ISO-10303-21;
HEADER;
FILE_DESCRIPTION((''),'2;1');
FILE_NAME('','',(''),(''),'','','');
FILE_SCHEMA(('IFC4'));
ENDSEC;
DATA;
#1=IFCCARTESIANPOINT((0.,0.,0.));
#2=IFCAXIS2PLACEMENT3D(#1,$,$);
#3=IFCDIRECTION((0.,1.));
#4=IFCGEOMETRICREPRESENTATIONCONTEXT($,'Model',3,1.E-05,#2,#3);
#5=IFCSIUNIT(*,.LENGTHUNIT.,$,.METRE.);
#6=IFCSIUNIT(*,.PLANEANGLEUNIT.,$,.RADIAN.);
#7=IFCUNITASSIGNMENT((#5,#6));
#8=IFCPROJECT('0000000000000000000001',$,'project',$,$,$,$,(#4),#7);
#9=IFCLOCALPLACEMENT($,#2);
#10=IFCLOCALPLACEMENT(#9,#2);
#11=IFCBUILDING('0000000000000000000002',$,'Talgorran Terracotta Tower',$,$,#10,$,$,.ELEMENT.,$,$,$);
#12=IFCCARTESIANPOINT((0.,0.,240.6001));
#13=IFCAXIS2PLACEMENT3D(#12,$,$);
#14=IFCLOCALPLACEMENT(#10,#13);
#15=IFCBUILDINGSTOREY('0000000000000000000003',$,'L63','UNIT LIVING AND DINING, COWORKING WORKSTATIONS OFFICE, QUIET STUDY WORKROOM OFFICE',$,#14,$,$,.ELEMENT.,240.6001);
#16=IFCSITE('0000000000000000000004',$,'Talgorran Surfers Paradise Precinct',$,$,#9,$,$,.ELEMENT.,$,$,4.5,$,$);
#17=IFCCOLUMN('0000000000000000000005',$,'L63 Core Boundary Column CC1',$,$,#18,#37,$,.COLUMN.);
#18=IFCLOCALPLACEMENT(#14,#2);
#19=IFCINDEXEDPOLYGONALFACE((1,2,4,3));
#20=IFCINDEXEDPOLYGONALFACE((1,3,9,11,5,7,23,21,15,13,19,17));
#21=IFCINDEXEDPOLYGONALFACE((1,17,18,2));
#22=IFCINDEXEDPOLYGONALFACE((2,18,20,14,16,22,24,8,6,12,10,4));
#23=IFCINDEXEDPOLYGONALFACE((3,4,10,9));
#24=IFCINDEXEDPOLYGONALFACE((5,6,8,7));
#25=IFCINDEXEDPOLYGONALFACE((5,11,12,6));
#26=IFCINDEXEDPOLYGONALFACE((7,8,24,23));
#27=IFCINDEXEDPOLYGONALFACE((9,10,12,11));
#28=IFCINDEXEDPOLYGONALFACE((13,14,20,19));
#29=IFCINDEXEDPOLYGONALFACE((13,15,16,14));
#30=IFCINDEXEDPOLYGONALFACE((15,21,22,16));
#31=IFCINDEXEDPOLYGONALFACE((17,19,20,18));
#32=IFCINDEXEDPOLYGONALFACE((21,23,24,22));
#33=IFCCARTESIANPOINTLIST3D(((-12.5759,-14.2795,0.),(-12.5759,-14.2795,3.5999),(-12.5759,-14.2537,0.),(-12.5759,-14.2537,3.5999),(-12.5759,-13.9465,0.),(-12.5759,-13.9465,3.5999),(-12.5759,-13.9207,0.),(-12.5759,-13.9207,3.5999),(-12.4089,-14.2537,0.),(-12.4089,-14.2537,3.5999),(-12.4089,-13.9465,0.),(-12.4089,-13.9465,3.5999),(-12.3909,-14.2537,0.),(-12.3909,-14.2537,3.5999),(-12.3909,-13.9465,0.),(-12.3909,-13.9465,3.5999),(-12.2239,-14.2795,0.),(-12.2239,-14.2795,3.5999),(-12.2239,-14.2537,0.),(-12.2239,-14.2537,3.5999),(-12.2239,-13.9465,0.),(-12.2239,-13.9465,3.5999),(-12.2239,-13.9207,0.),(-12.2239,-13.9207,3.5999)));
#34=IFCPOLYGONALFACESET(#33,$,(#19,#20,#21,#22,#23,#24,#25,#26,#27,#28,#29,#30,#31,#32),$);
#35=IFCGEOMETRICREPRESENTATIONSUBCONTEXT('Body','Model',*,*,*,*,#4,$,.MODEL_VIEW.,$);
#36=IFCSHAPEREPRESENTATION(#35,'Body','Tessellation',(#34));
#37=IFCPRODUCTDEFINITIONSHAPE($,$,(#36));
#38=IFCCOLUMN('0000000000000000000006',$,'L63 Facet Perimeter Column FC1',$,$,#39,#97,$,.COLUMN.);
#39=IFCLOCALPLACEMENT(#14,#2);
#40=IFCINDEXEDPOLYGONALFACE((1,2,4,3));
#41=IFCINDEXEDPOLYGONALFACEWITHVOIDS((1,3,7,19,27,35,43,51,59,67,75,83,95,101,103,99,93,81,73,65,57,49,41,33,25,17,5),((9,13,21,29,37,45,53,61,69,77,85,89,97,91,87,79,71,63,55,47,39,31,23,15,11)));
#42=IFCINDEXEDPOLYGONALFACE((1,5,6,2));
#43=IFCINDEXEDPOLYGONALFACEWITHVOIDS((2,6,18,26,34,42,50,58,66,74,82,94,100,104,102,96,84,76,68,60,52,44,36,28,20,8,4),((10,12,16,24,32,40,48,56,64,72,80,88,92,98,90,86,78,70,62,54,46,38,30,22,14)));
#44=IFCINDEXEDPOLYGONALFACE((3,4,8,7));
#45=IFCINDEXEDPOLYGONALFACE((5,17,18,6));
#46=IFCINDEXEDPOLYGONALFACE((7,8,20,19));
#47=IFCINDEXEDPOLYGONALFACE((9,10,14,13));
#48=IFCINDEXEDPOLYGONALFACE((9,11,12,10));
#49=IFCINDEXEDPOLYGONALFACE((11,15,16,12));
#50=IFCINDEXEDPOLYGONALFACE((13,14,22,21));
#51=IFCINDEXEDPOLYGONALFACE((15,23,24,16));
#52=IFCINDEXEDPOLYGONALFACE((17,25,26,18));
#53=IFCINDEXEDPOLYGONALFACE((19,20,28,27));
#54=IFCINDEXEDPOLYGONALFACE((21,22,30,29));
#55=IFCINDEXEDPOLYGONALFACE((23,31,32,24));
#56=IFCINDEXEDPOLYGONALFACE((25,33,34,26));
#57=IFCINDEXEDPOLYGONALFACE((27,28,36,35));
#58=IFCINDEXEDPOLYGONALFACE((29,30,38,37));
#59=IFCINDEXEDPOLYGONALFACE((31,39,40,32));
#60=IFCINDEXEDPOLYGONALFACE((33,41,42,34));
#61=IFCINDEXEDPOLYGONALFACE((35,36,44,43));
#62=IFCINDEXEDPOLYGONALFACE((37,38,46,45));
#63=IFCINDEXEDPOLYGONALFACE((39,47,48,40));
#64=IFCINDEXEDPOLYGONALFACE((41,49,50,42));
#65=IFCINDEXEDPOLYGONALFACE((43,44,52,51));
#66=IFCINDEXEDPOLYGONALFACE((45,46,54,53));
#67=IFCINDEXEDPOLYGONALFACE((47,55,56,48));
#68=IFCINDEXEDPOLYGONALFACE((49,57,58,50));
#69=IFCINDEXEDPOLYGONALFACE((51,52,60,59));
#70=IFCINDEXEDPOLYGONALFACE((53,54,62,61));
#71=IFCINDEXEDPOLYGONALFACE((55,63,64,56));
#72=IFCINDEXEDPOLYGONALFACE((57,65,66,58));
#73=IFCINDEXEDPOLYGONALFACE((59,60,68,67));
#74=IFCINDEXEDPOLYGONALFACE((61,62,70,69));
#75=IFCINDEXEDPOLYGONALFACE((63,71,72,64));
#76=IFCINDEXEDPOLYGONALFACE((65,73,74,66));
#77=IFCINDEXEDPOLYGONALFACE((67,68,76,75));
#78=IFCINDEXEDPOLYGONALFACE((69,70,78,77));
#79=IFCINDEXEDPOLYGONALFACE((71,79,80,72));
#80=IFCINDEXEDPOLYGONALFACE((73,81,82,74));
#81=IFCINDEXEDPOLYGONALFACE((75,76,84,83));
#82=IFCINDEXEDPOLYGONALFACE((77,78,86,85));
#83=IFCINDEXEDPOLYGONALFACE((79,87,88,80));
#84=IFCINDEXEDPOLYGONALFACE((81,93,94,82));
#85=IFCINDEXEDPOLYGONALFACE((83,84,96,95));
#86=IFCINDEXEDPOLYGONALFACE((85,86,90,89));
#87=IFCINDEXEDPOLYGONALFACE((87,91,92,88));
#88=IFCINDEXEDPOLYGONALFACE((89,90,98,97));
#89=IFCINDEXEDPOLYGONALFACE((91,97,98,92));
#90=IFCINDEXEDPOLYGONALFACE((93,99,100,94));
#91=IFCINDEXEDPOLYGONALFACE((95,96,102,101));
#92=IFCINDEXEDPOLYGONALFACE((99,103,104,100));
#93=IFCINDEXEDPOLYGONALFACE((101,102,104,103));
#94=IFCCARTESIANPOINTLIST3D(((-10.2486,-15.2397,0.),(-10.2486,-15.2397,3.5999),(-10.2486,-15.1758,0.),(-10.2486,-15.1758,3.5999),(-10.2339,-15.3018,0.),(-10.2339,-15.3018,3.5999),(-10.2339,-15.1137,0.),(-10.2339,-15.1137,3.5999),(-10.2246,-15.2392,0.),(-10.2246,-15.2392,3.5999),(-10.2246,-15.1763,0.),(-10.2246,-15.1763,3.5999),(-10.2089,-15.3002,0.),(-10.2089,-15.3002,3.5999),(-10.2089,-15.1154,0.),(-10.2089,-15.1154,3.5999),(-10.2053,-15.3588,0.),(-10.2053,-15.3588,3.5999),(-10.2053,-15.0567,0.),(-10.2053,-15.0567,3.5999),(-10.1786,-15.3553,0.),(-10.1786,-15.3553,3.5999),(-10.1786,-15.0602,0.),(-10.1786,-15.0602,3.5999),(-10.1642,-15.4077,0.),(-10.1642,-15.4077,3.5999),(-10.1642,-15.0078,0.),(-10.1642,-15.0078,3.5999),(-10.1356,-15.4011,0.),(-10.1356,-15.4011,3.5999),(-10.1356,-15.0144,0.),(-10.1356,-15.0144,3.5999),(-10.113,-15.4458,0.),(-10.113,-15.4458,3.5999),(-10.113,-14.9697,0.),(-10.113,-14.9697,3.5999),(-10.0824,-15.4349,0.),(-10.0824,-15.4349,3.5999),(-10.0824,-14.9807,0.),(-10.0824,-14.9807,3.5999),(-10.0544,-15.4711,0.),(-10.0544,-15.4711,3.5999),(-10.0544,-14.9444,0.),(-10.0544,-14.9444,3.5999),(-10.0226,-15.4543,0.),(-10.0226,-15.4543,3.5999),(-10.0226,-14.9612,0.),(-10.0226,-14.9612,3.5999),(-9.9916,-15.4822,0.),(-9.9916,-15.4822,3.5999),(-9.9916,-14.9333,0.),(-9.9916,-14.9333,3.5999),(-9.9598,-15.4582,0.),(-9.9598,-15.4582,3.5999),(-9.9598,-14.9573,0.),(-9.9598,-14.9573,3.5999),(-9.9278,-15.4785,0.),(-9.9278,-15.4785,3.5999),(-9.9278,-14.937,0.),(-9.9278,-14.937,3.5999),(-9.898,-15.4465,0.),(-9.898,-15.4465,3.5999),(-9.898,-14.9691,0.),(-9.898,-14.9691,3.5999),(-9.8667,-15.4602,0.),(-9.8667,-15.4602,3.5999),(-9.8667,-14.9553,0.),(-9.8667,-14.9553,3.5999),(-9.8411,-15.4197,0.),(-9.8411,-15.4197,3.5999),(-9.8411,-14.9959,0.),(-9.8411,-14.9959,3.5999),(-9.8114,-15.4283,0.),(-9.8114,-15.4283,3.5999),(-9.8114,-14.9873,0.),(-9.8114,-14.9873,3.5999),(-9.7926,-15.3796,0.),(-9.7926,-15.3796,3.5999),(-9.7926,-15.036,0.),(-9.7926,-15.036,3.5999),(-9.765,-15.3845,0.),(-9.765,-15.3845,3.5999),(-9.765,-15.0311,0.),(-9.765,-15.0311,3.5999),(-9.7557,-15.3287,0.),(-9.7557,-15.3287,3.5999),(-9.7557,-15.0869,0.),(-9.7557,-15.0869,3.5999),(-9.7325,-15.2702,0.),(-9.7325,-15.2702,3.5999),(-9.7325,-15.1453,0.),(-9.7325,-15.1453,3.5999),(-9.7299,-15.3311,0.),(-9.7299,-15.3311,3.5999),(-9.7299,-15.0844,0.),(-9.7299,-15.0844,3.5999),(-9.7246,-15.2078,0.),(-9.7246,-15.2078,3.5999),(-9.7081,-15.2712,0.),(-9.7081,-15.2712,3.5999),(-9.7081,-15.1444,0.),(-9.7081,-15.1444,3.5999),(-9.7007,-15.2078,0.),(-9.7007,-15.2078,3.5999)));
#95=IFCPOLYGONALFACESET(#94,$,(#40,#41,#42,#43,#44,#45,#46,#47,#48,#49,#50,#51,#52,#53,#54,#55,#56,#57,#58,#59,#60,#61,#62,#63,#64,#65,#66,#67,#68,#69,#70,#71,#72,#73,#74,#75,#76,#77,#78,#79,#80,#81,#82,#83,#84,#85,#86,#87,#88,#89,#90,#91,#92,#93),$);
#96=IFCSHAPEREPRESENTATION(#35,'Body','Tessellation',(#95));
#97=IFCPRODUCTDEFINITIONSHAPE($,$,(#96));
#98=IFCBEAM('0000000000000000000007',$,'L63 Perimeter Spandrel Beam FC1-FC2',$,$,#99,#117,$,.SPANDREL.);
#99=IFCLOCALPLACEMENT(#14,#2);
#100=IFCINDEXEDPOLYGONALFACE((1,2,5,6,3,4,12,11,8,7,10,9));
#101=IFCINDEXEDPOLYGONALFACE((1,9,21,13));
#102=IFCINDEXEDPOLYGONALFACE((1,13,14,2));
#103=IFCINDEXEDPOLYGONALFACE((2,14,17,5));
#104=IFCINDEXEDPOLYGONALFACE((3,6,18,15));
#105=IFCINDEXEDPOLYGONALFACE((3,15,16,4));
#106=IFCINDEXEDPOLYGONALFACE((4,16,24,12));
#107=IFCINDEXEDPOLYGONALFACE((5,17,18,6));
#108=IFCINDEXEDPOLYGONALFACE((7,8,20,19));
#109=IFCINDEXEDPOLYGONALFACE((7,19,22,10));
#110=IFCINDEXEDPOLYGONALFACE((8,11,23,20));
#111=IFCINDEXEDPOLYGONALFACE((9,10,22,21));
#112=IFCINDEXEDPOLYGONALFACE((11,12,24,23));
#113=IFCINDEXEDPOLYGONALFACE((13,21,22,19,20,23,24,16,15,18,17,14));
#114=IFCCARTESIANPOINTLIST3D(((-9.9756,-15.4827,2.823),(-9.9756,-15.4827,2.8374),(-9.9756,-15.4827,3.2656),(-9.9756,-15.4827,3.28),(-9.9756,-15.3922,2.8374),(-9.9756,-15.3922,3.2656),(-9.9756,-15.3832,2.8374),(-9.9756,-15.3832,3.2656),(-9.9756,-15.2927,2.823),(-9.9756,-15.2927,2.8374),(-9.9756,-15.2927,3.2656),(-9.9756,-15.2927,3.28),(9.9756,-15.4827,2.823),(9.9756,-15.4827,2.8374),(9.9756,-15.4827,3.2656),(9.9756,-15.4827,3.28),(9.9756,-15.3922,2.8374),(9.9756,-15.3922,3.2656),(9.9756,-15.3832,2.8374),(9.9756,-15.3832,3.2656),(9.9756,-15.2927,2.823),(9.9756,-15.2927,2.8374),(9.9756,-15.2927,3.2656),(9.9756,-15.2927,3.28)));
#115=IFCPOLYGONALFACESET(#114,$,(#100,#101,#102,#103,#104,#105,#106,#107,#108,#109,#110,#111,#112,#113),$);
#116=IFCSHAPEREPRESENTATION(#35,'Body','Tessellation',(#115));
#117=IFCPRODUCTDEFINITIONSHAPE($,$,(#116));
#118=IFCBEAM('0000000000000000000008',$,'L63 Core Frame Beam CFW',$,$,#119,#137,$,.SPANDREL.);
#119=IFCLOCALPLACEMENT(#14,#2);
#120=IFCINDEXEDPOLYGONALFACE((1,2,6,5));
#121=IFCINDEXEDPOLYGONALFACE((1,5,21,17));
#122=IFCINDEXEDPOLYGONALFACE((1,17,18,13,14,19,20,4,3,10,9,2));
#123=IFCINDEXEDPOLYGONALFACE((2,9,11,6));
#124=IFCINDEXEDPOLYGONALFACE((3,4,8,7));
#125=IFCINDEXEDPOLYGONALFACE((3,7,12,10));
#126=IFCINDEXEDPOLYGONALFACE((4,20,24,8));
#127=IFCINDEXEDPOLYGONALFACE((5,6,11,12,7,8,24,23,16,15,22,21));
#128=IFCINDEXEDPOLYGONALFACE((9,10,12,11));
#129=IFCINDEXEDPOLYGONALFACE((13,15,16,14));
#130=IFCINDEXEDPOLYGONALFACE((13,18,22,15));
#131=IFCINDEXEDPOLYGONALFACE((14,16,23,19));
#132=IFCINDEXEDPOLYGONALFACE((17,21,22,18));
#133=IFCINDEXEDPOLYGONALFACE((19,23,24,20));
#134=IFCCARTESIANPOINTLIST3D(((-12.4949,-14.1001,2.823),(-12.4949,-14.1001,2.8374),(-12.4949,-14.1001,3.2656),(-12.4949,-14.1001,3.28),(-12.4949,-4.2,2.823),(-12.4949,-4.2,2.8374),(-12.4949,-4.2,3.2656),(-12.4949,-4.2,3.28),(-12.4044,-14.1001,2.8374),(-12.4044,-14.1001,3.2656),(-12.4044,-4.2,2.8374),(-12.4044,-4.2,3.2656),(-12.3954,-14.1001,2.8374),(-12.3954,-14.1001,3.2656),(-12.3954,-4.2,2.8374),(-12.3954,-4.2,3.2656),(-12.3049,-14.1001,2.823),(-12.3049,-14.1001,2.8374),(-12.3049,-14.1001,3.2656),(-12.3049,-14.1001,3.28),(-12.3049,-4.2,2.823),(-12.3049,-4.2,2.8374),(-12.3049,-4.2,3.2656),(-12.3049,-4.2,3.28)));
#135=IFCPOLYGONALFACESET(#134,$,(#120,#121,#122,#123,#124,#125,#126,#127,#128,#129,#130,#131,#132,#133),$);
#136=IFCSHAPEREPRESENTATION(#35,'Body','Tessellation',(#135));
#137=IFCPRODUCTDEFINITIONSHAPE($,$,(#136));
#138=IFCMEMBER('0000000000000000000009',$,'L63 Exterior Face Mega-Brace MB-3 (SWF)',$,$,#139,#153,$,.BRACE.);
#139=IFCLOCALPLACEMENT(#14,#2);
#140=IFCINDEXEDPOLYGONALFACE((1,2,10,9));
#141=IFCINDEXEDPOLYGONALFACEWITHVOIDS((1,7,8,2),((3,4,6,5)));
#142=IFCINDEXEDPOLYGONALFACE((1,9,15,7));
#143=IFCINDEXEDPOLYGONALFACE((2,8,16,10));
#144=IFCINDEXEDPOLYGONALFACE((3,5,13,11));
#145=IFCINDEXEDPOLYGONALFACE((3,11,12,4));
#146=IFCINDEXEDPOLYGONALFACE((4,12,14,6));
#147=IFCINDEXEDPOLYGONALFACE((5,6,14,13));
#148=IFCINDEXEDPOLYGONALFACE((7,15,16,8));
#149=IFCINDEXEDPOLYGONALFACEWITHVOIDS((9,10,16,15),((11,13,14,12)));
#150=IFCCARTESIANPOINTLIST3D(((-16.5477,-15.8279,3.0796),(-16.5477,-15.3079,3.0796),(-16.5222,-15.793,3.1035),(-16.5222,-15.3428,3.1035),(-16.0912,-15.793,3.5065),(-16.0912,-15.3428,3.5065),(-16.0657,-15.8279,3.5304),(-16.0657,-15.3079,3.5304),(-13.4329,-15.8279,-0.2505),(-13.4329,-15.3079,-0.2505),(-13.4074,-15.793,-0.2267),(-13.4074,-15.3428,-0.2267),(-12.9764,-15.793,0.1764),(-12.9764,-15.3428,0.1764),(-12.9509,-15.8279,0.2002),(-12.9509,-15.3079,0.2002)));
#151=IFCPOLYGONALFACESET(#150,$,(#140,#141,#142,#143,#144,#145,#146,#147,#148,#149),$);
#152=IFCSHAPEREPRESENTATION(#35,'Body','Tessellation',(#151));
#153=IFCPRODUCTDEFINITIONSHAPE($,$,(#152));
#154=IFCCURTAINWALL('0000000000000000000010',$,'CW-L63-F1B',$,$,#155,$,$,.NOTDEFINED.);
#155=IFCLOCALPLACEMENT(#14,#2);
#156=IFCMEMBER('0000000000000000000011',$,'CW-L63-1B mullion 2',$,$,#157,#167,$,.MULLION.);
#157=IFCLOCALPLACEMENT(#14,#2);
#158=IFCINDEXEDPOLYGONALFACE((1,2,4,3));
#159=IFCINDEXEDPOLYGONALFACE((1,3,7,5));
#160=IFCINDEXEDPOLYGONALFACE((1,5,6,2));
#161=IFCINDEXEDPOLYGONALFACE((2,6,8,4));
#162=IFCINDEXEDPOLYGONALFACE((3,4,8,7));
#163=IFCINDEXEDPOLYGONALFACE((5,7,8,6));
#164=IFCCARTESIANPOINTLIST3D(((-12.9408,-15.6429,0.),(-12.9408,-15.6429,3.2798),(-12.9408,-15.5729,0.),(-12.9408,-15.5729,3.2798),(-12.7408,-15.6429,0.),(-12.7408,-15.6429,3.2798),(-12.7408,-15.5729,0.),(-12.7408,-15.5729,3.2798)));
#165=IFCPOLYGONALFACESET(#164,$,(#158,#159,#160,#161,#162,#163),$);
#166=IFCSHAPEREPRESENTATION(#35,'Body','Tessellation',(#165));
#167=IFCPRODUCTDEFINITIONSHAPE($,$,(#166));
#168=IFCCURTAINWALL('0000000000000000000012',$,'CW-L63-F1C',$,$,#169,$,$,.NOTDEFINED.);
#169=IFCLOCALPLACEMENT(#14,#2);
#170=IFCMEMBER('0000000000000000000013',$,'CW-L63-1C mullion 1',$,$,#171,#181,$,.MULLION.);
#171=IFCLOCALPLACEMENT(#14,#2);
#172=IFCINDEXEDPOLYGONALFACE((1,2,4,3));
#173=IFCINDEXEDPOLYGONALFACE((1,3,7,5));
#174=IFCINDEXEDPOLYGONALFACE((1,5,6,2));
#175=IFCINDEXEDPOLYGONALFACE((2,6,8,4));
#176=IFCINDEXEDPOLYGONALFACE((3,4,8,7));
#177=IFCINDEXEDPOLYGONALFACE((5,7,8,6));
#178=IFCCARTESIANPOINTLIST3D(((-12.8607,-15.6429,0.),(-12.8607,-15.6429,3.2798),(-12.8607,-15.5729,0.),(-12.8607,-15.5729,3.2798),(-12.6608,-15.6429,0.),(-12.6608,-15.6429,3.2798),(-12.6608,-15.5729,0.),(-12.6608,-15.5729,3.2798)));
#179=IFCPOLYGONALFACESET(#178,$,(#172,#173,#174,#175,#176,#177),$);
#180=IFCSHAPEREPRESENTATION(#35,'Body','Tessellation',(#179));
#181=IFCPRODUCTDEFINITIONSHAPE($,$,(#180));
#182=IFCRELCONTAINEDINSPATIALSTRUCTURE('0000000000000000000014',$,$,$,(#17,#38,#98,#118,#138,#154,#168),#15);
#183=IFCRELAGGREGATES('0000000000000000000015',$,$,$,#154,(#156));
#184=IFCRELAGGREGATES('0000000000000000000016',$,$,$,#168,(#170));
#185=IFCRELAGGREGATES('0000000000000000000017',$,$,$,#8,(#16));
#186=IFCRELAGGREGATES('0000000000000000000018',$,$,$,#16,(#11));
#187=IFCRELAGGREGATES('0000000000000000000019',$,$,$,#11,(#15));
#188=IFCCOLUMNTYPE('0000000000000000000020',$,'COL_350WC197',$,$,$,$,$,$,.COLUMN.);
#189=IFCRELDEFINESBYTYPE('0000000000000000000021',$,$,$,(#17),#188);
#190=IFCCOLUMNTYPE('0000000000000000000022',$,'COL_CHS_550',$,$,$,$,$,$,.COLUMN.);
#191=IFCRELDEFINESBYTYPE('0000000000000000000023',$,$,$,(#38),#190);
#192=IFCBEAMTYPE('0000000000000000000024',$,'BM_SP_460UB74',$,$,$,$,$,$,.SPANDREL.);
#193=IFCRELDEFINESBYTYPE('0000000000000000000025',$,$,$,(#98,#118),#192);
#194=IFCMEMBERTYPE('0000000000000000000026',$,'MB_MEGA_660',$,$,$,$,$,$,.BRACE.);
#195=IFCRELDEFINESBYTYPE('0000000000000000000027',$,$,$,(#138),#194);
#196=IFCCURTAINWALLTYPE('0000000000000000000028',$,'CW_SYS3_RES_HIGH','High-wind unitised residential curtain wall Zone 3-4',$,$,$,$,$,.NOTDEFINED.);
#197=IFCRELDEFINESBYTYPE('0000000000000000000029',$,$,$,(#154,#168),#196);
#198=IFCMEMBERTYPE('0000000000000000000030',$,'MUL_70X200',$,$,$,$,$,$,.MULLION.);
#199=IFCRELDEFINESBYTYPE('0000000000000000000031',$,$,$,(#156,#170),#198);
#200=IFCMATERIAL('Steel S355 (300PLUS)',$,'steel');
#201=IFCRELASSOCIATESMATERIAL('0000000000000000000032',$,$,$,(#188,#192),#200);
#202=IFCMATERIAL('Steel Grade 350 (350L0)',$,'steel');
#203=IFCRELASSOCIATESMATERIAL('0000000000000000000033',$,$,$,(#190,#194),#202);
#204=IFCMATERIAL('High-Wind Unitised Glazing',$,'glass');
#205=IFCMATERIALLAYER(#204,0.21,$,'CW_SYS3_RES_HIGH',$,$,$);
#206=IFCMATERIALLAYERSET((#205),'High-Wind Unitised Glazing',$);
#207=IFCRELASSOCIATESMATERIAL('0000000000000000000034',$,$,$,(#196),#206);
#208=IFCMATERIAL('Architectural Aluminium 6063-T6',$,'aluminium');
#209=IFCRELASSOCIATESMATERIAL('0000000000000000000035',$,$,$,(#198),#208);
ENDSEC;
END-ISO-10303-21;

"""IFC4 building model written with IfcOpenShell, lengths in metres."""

from ifc_helpers import new_model, si_unit, direction, frame, origin, origin_2d, place, context, subcontext, project, spatial, rectangle, hollow_rectangle, hollow_circle, i_section, extrude, material, layer, layer_set, material_profile, profile_set, type_object, element, aggregate, save


model = new_model("IFC4")

# Units and contexts
model_context = context("Model", 3, precision=1e-05, world=origin(), true_north=direction((0.0, 1.0)))
body_context = subcontext(model_context, "Body", "Model", "MODEL_VIEW")
ifc_project = project(units=[si_unit("LENGTHUNIT", "METRE"), si_unit("PLANEANGLEUNIT", "RADIAN")], contexts=[model_context])

# Site, building, storey
site_placement = place(None, origin())
site = spatial("IfcSite", under=ifc_project, at=site_placement, Name="Talgorran Surfers Paradise Precinct", CompositionType="ELEMENT", RefElevation=4.5)
building_placement = place(site_placement, origin())
building = spatial("IfcBuilding", under=site, at=building_placement, Name="Talgorran Terracotta Tower", CompositionType="ELEMENT")
storey_placement = place(building_placement, frame((0.0, 0.0, 240.6001)))
storey = spatial("IfcBuildingStorey", under=building, at=storey_placement, Name="L63", Description="UNIT LIVING AND DINING, COWORKING WORKSTATIONS OFFICE, QUIET STUDY WORKROOM OFFICE", CompositionType="ELEMENT", Elevation=240.6001)

# Columns
ifc_material_1 = material(Name="Steel S355 (300PLUS)", Category="steel")
ifc_material_profile_1 = material_profile(ifc_material_1, i_section(OverallWidth=0.3521, OverallDepth=0.3589, WebThickness=0.0181, FlangeThickness=0.0259, at=origin_2d()), Name="350WC197")
ifc_profile_set_1 = profile_set([ifc_material_profile_1], Name="Steel S355 (300PLUS)")
column_type_1 = type_object("IfcColumnType", Name="COL_350WC197", PredefinedType="COLUMN", material=ifc_profile_set_1)
column_1_placement = place(storey_placement, frame((-12.3999, -14.1001, 0.0), z_axis=(0.0, 0.0, 1.0), x_axis=(1.0, 0.0, 0.0)))
element("IfcColumn", 1, at=column_1_placement, inside=storey, type_object=column_type_1, Name="L63 Core Boundary Column CC1", PredefinedType="COLUMN", context=body_context, shape_type="SweptSolid", body=[
    extrude(i_section(OverallWidth=0.3521, OverallDepth=0.3589, WebThickness=0.0181, FlangeThickness=0.0259, at=origin_2d()), origin(), (0.0, 0.0, 1.0), 3.5999),
])
ifc_material_2 = material(Name="Steel Grade 350 (350L0)", Category="steel")
ifc_material_profile_2 = material_profile(ifc_material_2, hollow_circle(Radius=0.2749, WallThickness=0.0239, at=origin_2d()), Name="CHS550X24")
ifc_profile_set_2 = profile_set([ifc_material_profile_2], Name="Steel Grade 350 (350L0)")
column_type_2 = type_object("IfcColumnType", Name="COL_CHS_550", PredefinedType="COLUMN", material=ifc_profile_set_2)
column_2_placement = place(storey_placement, frame((-9.9756, -15.2078, 0.0), z_axis=(0.0, 0.0, 1.0), x_axis=(1.0, 0.0, 0.0)))
element("IfcColumn", 2, at=column_2_placement, inside=storey, type_object=column_type_2, Name="L63 Facet Perimeter Column FC1", PredefinedType="COLUMN", context=body_context, shape_type="SweptSolid", body=[
    extrude(hollow_circle(Radius=0.2749, WallThickness=0.0239, at=origin_2d()), origin(), (0.0, 0.0, 1.0), 3.5999),
])

# Beams
ifc_material_profile_3 = material_profile(ifc_material_1, i_section(OverallWidth=0.1899, OverallDepth=0.457, WebThickness=0.009, FlangeThickness=0.0144, at=origin_2d()), Name="460UB74.6")
ifc_profile_set_3 = profile_set([ifc_material_profile_3], Name="Steel S355 (300PLUS)")
beam_type = type_object("IfcBeamType", Name="BM_SP_460UB74", PredefinedType="SPANDREL", material=ifc_profile_set_3)
beam_1_placement = place(storey_placement, frame((-9.9756, -15.3877, 3.0515), z_axis=(1.0, 0.0, 0.0), x_axis=(0.0, 1.0, 0.0)))
element("IfcBeam", 3, at=beam_1_placement, inside=storey, type_object=beam_type, Name="L63 Perimeter Spandrel Beam FC1-FC2", PredefinedType="SPANDREL", context=body_context, shape_type="SweptSolid", body=[
    extrude(i_section(OverallWidth=0.1899, OverallDepth=0.457, WebThickness=0.009, FlangeThickness=0.0144, at=origin_2d()), origin(), (0.0, 0.0, 1.0), 19.9512),
])
beam_2_placement = place(storey_placement, frame((-12.3999, -14.1001, 3.0515), z_axis=(0.0, 1.0, 0.0), x_axis=(-1.0, 0.0, 0.0)))
element("IfcBeam", 4, at=beam_2_placement, inside=storey, type_object=beam_type, Name="L63 Core Frame Beam CFW", PredefinedType="SPANDREL", context=body_context, shape_type="SweptSolid", body=[
    extrude(i_section(OverallWidth=0.1899, OverallDepth=0.457, WebThickness=0.009, FlangeThickness=0.0144, at=origin_2d()), origin(), (0.0, 0.0, 1.0), 9.9001),
])

# Member
ifc_material_profile_4 = material_profile(ifc_material_2, hollow_rectangle(XDim=0.52, YDim=0.6599, WallThickness=0.0349, at=origin_2d()), Name="WBOX660X520X35")
ifc_profile_set_4 = profile_set([ifc_material_profile_4], Name="Steel Grade 350 (350L0)")
member_type_1 = type_object("IfcMemberType", Name="MB_MEGA_660", PredefinedType="BRACE", material=ifc_profile_set_4)
member_1_placement = place(storey_placement, frame((-13.1919, -15.5679, -0.0251), z_axis=(-0.6831, 0.0, 0.730325), x_axis=(0.0, -1.0, 0.0)))
element("IfcMember", 5, at=member_1_placement, inside=storey, type_object=member_type_1, Name="L63 Exterior Face Mega-Brace MB-3 (SWF)", PredefinedType="BRACE", context=body_context, shape_type="SweptSolid", body=[
    extrude(hollow_rectangle(XDim=0.52, YDim=0.6599, WallThickness=0.0349, at=origin_2d()), origin(), (0.0, 0.0, 1.0), 4.5598),
])

# Curtain wall, member
ifc_material_3 = material(Name="High-Wind Unitised Glazing", Category="glass")
ifc_layer_1 = layer(ifc_material_3, 0.21, Name="CW_SYS3_RES_HIGH")
ifc_layer_set_1 = layer_set([ifc_layer_1], Name="High-Wind Unitised Glazing")
curtain_wall_type = type_object("IfcCurtainWallType", Name="CW_SYS3_RES_HIGH", Description="High-wind unitised residential curtain wall Zone 3-4", PredefinedType="NOTDEFINED", material=ifc_layer_set_1)
curtain_wall_1_placement = place(storey_placement, origin())
curtain_wall_1 = element("IfcCurtainWall", 6, at=curtain_wall_1_placement, inside=storey, type_object=curtain_wall_type, Name="CW-L63-F1B", PredefinedType="NOTDEFINED")
ifc_material_4 = material(Name="Architectural Aluminium 6063-T6", Category="aluminium")
ifc_material_profile_5 = material_profile(ifc_material_4, rectangle(XDim=0.0701, YDim=0.2, at=origin_2d()), Name="CWM70X200")
ifc_profile_set_5 = profile_set([ifc_material_profile_5], Name="Architectural Aluminium 6063-T6")
member_type_2 = type_object("IfcMemberType", Name="MUL_70X200", PredefinedType="MULLION", material=ifc_profile_set_5)
member_2_placement = place(storey_placement, frame((-12.8408, -15.6079, 0.0), z_axis=(0.0, 0.0, 1.0), x_axis=(0.0, 1.0, 0.0)))
member_2 = element("IfcMember", 7, at=member_2_placement, type_object=member_type_2, Name="CW-L63-1B mullion 2", PredefinedType="MULLION", context=body_context, shape_type="SweptSolid", body=[
    extrude(rectangle(XDim=0.0701, YDim=0.2, at=origin_2d()), origin(), (0.0, 0.0, 1.0), 3.2798),
])
aggregate(curtain_wall_1, [member_2])

# Curtain wall, member
curtain_wall_2_placement = place(storey_placement, origin())
curtain_wall_2 = element("IfcCurtainWall", 8, at=curtain_wall_2_placement, inside=storey, type_object=curtain_wall_type, Name="CW-L63-F1C", PredefinedType="NOTDEFINED")
member_3_placement = place(storey_placement, frame((-12.7607, -15.6079, 0.0), z_axis=(0.0, 0.0, 1.0), x_axis=(0.0, 1.0, 0.0)))
member_3 = element("IfcMember", 9, at=member_3_placement, type_object=member_type_2, Name="CW-L63-1C mullion 1", PredefinedType="MULLION", context=body_context, shape_type="SweptSolid", body=[
    extrude(rectangle(XDim=0.0701, YDim=0.2, at=origin_2d()), origin(), (0.0, 0.0, 1.0), 3.2798),
])
aggregate(curtain_wall_2, [member_3])

save(model, "model.ifc")
